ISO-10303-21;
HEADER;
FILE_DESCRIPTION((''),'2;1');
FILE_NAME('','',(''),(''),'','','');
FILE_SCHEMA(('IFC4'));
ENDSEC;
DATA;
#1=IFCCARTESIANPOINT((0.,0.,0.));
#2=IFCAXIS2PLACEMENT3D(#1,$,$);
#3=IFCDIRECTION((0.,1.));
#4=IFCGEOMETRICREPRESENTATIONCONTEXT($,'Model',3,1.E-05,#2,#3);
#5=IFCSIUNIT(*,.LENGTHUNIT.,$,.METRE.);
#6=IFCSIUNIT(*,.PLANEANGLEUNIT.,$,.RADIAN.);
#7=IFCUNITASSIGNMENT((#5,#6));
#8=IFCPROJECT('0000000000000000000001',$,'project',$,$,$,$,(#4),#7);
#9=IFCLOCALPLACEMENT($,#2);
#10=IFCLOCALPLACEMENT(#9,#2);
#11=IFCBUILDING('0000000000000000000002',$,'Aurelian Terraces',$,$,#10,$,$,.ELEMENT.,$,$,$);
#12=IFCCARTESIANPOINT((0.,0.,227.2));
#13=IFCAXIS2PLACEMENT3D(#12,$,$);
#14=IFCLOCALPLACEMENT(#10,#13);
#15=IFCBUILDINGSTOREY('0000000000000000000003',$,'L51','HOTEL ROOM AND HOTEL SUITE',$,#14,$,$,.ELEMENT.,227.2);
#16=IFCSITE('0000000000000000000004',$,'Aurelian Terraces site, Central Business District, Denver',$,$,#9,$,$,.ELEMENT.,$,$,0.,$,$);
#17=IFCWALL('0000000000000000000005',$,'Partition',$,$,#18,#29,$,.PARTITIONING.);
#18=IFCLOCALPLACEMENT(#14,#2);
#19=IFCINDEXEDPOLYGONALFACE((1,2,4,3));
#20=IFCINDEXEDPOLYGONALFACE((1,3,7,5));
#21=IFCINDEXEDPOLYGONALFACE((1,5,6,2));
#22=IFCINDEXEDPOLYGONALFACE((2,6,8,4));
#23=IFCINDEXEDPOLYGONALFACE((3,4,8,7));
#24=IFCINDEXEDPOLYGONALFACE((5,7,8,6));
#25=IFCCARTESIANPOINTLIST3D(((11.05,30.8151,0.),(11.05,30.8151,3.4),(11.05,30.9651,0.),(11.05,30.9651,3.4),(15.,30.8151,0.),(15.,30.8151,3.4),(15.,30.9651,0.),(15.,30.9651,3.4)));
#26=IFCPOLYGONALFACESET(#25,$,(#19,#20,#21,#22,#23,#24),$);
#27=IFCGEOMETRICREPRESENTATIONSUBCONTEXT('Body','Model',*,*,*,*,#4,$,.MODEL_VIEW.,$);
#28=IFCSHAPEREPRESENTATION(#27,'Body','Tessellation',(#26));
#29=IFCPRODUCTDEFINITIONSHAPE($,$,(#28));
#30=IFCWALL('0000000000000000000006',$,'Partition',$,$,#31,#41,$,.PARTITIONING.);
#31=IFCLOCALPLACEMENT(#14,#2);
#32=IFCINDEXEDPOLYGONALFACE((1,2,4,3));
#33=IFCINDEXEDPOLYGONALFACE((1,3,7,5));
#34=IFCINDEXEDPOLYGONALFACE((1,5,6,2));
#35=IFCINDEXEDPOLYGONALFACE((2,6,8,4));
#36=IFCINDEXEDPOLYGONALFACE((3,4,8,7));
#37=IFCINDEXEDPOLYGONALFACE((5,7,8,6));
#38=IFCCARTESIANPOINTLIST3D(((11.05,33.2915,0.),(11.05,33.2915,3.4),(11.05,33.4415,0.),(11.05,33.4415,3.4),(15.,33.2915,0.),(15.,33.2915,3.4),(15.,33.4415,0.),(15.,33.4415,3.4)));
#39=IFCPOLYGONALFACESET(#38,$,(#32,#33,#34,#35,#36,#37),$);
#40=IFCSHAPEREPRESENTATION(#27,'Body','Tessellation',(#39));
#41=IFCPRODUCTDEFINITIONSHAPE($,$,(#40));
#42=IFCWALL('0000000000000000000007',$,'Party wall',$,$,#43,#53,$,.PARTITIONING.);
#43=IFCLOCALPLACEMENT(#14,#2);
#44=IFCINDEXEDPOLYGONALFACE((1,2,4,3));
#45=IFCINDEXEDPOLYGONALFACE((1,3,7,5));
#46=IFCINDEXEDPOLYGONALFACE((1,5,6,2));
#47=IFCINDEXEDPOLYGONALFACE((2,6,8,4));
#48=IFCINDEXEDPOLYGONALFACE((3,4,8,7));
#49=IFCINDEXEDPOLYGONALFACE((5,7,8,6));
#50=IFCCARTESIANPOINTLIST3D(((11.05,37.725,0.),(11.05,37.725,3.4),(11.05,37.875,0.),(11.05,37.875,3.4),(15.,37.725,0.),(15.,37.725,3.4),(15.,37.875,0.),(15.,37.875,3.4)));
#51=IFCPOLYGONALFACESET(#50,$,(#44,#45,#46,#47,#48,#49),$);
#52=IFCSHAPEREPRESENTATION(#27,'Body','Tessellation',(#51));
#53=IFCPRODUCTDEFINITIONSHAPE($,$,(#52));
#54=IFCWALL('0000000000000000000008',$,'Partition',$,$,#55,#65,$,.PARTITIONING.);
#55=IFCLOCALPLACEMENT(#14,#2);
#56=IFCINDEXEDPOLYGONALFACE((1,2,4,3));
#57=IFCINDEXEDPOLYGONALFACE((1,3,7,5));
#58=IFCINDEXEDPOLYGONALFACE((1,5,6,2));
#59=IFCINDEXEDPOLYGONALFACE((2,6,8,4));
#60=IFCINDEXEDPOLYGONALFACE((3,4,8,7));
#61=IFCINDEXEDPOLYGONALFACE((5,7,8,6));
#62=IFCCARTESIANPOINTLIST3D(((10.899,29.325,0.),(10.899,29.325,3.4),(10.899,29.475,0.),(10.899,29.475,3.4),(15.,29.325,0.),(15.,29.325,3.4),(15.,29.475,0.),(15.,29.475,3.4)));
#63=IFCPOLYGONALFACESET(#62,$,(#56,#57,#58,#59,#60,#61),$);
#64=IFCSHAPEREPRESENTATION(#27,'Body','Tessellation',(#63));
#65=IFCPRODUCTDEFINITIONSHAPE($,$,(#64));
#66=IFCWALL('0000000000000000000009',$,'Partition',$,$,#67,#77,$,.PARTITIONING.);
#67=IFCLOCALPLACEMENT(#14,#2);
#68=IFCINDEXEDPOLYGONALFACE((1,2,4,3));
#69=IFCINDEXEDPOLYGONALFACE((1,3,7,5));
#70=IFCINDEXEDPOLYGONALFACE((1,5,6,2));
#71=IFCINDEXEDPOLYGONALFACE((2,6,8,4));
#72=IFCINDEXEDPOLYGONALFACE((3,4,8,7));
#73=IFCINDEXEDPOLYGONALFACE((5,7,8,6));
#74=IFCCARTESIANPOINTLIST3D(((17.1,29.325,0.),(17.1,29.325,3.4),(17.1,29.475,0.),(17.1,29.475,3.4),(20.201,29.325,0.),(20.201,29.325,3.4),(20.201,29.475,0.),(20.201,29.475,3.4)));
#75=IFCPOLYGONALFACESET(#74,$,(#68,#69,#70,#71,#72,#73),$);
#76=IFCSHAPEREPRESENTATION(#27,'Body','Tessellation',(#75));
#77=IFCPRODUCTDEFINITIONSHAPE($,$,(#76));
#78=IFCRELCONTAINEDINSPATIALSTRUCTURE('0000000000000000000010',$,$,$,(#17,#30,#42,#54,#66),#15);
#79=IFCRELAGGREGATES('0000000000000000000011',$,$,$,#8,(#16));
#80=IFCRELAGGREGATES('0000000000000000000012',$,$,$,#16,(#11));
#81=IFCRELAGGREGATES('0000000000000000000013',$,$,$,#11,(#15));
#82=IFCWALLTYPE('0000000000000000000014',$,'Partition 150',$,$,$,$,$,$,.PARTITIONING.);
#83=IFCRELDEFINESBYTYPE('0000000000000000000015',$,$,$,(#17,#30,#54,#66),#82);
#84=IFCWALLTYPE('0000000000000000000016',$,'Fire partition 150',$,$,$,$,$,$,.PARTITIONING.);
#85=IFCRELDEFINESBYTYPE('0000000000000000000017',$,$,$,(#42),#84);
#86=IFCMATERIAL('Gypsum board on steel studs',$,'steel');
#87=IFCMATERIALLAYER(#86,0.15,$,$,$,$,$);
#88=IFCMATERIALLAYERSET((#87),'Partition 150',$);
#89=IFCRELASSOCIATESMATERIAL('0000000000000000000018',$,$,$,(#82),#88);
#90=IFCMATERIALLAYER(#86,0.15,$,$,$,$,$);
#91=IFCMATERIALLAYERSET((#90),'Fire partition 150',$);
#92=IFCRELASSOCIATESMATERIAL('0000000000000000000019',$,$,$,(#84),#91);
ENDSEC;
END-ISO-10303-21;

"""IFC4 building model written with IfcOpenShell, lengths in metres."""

from ifc_helpers import new_model, si_unit, direction, frame, frame_2d, origin, place, context, subcontext, project, spatial, rectangle, extrude, source, transform, mapped, material, layer, layer_set, type_object, element, save


model = new_model("IFC4")

# Units and contexts
model_context = context("Model", 3, precision=1e-05, world=origin(), true_north=direction((0.0, 1.0)))
body_context = subcontext(model_context, "Body", "Model", "MODEL_VIEW")
ifc_project = project(units=[si_unit("LENGTHUNIT", "METRE"), si_unit("PLANEANGLEUNIT", "RADIAN")], contexts=[model_context])

# Site, building, storey
site_placement = place(None, origin())
site = spatial("IfcSite", under=ifc_project, at=site_placement, Name="Aurelian Terraces site, Central Business District, Denver", CompositionType="ELEMENT", RefElevation=0.0)
building_placement = place(site_placement, origin())
building = spatial("IfcBuilding", under=site, at=building_placement, Name="Aurelian Terraces", CompositionType="ELEMENT")
storey_placement = place(building_placement, frame((0.0, 0.0, 227.2)))
storey = spatial("IfcBuildingStorey", under=building, at=storey_placement, Name="L51", Description="HOTEL ROOM AND HOTEL SUITE", CompositionType="ELEMENT", Elevation=227.2)

# Shared definitions
ifc_material_1 = material(Name="Gypsum board on steel studs", Category="steel")

# Shared definitions
ifc_layer_1 = layer(ifc_material_1, 0.15)
ifc_layer_set_1 = layer_set([ifc_layer_1], Name="Partition 150")
wall_type_1 = type_object("IfcWallType", Name="Partition 150", PredefinedType="PARTITIONING", material=ifc_layer_set_1)

# Shared definitions
ifc_layer_2 = layer(ifc_material_1, 0.15)
ifc_layer_set_2 = layer_set([ifc_layer_2], Name="Fire partition 150")
wall_type_2 = type_object("IfcWallType", Name="Fire partition 150", PredefinedType="PARTITIONING", material=ifc_layer_set_2)

# Walls
shared_shape_1 = source(origin(), body_context, "Body", "SweptSolid", [
    extrude(rectangle(XDim=3.95, YDim=0.15, at=frame_2d((1.975, 0.0))), origin(), (0.0, 0.0, 1.0), 3.4),
])
for number, where, z_axis, x_axis, name in (
    (1, (15.0, 30.8901, 0.0), (0.0, 0.0, 1.0), (-1.0, 0.0, 0.0), "Partition"),
    (2, (15.0, 33.3665, 0.0), (0.0, 0.0, 1.0), (-1.0, 0.0, 0.0), "Partition"),
):
    element("IfcWall", number, at=place(storey_placement, frame(where, z_axis=z_axis, x_axis=x_axis)), inside=storey, type_object=wall_type_1, Name=name, PredefinedType="PARTITIONING", context=body_context, shape_type="MappedRepresentation", body=[
        mapped(shared_shape_1, transform((0.0, 0.0, 0.0), scale=1.0)),
    ])
wall_1_placement = place(storey_placement, frame((15.0, 37.8, 0.0), z_axis=(0.0, 0.0, 1.0), x_axis=(-1.0, 0.0, 0.0)))
element("IfcWall", 3, at=wall_1_placement, inside=storey, type_object=wall_type_2, Name="Party wall", PredefinedType="PARTITIONING", context=body_context, shape_type="MappedRepresentation", body=[
    mapped(shared_shape_1, transform((0.0, 0.0, 0.0), scale=1.0)),
])
shared_shape_2 = source(origin(), body_context, "Body", "SweptSolid", [
    extrude(rectangle(XDim=4.101, YDim=0.15, at=frame_2d((2.0505, 0.0))), origin(), (0.0, 0.0, 1.0), 3.4),
])
wall_2_placement = place(storey_placement, frame((15.0, 29.4, 0.0), z_axis=(0.0, 0.0, 1.0), x_axis=(-1.0, 0.0, 0.0)))
element("IfcWall", 4, at=wall_2_placement, inside=storey, type_object=wall_type_1, Name="Partition", PredefinedType="PARTITIONING", context=body_context, shape_type="MappedRepresentation", body=[
    mapped(shared_shape_2, transform((0.0, 0.0, 0.0), scale=1.0)),
])
shared_shape_3 = source(origin(), body_context, "Body", "SweptSolid", [
    extrude(rectangle(XDim=3.101, YDim=0.15, at=frame_2d((1.5505, 0.0))), origin(), (0.0, 0.0, 1.0), 3.4),
])
wall_3_placement = place(storey_placement, frame((20.201, 29.4, 0.0), z_axis=(0.0, 0.0, 1.0), x_axis=(-1.0, 0.0, 0.0)))
element("IfcWall", 5, at=wall_3_placement, inside=storey, type_object=wall_type_1, Name="Partition", PredefinedType="PARTITIONING", context=body_context, shape_type="MappedRepresentation", body=[
    mapped(shared_shape_3, transform((0.0, 0.0, 0.0), scale=1.0)),
])

save(model, "model.ifc")
